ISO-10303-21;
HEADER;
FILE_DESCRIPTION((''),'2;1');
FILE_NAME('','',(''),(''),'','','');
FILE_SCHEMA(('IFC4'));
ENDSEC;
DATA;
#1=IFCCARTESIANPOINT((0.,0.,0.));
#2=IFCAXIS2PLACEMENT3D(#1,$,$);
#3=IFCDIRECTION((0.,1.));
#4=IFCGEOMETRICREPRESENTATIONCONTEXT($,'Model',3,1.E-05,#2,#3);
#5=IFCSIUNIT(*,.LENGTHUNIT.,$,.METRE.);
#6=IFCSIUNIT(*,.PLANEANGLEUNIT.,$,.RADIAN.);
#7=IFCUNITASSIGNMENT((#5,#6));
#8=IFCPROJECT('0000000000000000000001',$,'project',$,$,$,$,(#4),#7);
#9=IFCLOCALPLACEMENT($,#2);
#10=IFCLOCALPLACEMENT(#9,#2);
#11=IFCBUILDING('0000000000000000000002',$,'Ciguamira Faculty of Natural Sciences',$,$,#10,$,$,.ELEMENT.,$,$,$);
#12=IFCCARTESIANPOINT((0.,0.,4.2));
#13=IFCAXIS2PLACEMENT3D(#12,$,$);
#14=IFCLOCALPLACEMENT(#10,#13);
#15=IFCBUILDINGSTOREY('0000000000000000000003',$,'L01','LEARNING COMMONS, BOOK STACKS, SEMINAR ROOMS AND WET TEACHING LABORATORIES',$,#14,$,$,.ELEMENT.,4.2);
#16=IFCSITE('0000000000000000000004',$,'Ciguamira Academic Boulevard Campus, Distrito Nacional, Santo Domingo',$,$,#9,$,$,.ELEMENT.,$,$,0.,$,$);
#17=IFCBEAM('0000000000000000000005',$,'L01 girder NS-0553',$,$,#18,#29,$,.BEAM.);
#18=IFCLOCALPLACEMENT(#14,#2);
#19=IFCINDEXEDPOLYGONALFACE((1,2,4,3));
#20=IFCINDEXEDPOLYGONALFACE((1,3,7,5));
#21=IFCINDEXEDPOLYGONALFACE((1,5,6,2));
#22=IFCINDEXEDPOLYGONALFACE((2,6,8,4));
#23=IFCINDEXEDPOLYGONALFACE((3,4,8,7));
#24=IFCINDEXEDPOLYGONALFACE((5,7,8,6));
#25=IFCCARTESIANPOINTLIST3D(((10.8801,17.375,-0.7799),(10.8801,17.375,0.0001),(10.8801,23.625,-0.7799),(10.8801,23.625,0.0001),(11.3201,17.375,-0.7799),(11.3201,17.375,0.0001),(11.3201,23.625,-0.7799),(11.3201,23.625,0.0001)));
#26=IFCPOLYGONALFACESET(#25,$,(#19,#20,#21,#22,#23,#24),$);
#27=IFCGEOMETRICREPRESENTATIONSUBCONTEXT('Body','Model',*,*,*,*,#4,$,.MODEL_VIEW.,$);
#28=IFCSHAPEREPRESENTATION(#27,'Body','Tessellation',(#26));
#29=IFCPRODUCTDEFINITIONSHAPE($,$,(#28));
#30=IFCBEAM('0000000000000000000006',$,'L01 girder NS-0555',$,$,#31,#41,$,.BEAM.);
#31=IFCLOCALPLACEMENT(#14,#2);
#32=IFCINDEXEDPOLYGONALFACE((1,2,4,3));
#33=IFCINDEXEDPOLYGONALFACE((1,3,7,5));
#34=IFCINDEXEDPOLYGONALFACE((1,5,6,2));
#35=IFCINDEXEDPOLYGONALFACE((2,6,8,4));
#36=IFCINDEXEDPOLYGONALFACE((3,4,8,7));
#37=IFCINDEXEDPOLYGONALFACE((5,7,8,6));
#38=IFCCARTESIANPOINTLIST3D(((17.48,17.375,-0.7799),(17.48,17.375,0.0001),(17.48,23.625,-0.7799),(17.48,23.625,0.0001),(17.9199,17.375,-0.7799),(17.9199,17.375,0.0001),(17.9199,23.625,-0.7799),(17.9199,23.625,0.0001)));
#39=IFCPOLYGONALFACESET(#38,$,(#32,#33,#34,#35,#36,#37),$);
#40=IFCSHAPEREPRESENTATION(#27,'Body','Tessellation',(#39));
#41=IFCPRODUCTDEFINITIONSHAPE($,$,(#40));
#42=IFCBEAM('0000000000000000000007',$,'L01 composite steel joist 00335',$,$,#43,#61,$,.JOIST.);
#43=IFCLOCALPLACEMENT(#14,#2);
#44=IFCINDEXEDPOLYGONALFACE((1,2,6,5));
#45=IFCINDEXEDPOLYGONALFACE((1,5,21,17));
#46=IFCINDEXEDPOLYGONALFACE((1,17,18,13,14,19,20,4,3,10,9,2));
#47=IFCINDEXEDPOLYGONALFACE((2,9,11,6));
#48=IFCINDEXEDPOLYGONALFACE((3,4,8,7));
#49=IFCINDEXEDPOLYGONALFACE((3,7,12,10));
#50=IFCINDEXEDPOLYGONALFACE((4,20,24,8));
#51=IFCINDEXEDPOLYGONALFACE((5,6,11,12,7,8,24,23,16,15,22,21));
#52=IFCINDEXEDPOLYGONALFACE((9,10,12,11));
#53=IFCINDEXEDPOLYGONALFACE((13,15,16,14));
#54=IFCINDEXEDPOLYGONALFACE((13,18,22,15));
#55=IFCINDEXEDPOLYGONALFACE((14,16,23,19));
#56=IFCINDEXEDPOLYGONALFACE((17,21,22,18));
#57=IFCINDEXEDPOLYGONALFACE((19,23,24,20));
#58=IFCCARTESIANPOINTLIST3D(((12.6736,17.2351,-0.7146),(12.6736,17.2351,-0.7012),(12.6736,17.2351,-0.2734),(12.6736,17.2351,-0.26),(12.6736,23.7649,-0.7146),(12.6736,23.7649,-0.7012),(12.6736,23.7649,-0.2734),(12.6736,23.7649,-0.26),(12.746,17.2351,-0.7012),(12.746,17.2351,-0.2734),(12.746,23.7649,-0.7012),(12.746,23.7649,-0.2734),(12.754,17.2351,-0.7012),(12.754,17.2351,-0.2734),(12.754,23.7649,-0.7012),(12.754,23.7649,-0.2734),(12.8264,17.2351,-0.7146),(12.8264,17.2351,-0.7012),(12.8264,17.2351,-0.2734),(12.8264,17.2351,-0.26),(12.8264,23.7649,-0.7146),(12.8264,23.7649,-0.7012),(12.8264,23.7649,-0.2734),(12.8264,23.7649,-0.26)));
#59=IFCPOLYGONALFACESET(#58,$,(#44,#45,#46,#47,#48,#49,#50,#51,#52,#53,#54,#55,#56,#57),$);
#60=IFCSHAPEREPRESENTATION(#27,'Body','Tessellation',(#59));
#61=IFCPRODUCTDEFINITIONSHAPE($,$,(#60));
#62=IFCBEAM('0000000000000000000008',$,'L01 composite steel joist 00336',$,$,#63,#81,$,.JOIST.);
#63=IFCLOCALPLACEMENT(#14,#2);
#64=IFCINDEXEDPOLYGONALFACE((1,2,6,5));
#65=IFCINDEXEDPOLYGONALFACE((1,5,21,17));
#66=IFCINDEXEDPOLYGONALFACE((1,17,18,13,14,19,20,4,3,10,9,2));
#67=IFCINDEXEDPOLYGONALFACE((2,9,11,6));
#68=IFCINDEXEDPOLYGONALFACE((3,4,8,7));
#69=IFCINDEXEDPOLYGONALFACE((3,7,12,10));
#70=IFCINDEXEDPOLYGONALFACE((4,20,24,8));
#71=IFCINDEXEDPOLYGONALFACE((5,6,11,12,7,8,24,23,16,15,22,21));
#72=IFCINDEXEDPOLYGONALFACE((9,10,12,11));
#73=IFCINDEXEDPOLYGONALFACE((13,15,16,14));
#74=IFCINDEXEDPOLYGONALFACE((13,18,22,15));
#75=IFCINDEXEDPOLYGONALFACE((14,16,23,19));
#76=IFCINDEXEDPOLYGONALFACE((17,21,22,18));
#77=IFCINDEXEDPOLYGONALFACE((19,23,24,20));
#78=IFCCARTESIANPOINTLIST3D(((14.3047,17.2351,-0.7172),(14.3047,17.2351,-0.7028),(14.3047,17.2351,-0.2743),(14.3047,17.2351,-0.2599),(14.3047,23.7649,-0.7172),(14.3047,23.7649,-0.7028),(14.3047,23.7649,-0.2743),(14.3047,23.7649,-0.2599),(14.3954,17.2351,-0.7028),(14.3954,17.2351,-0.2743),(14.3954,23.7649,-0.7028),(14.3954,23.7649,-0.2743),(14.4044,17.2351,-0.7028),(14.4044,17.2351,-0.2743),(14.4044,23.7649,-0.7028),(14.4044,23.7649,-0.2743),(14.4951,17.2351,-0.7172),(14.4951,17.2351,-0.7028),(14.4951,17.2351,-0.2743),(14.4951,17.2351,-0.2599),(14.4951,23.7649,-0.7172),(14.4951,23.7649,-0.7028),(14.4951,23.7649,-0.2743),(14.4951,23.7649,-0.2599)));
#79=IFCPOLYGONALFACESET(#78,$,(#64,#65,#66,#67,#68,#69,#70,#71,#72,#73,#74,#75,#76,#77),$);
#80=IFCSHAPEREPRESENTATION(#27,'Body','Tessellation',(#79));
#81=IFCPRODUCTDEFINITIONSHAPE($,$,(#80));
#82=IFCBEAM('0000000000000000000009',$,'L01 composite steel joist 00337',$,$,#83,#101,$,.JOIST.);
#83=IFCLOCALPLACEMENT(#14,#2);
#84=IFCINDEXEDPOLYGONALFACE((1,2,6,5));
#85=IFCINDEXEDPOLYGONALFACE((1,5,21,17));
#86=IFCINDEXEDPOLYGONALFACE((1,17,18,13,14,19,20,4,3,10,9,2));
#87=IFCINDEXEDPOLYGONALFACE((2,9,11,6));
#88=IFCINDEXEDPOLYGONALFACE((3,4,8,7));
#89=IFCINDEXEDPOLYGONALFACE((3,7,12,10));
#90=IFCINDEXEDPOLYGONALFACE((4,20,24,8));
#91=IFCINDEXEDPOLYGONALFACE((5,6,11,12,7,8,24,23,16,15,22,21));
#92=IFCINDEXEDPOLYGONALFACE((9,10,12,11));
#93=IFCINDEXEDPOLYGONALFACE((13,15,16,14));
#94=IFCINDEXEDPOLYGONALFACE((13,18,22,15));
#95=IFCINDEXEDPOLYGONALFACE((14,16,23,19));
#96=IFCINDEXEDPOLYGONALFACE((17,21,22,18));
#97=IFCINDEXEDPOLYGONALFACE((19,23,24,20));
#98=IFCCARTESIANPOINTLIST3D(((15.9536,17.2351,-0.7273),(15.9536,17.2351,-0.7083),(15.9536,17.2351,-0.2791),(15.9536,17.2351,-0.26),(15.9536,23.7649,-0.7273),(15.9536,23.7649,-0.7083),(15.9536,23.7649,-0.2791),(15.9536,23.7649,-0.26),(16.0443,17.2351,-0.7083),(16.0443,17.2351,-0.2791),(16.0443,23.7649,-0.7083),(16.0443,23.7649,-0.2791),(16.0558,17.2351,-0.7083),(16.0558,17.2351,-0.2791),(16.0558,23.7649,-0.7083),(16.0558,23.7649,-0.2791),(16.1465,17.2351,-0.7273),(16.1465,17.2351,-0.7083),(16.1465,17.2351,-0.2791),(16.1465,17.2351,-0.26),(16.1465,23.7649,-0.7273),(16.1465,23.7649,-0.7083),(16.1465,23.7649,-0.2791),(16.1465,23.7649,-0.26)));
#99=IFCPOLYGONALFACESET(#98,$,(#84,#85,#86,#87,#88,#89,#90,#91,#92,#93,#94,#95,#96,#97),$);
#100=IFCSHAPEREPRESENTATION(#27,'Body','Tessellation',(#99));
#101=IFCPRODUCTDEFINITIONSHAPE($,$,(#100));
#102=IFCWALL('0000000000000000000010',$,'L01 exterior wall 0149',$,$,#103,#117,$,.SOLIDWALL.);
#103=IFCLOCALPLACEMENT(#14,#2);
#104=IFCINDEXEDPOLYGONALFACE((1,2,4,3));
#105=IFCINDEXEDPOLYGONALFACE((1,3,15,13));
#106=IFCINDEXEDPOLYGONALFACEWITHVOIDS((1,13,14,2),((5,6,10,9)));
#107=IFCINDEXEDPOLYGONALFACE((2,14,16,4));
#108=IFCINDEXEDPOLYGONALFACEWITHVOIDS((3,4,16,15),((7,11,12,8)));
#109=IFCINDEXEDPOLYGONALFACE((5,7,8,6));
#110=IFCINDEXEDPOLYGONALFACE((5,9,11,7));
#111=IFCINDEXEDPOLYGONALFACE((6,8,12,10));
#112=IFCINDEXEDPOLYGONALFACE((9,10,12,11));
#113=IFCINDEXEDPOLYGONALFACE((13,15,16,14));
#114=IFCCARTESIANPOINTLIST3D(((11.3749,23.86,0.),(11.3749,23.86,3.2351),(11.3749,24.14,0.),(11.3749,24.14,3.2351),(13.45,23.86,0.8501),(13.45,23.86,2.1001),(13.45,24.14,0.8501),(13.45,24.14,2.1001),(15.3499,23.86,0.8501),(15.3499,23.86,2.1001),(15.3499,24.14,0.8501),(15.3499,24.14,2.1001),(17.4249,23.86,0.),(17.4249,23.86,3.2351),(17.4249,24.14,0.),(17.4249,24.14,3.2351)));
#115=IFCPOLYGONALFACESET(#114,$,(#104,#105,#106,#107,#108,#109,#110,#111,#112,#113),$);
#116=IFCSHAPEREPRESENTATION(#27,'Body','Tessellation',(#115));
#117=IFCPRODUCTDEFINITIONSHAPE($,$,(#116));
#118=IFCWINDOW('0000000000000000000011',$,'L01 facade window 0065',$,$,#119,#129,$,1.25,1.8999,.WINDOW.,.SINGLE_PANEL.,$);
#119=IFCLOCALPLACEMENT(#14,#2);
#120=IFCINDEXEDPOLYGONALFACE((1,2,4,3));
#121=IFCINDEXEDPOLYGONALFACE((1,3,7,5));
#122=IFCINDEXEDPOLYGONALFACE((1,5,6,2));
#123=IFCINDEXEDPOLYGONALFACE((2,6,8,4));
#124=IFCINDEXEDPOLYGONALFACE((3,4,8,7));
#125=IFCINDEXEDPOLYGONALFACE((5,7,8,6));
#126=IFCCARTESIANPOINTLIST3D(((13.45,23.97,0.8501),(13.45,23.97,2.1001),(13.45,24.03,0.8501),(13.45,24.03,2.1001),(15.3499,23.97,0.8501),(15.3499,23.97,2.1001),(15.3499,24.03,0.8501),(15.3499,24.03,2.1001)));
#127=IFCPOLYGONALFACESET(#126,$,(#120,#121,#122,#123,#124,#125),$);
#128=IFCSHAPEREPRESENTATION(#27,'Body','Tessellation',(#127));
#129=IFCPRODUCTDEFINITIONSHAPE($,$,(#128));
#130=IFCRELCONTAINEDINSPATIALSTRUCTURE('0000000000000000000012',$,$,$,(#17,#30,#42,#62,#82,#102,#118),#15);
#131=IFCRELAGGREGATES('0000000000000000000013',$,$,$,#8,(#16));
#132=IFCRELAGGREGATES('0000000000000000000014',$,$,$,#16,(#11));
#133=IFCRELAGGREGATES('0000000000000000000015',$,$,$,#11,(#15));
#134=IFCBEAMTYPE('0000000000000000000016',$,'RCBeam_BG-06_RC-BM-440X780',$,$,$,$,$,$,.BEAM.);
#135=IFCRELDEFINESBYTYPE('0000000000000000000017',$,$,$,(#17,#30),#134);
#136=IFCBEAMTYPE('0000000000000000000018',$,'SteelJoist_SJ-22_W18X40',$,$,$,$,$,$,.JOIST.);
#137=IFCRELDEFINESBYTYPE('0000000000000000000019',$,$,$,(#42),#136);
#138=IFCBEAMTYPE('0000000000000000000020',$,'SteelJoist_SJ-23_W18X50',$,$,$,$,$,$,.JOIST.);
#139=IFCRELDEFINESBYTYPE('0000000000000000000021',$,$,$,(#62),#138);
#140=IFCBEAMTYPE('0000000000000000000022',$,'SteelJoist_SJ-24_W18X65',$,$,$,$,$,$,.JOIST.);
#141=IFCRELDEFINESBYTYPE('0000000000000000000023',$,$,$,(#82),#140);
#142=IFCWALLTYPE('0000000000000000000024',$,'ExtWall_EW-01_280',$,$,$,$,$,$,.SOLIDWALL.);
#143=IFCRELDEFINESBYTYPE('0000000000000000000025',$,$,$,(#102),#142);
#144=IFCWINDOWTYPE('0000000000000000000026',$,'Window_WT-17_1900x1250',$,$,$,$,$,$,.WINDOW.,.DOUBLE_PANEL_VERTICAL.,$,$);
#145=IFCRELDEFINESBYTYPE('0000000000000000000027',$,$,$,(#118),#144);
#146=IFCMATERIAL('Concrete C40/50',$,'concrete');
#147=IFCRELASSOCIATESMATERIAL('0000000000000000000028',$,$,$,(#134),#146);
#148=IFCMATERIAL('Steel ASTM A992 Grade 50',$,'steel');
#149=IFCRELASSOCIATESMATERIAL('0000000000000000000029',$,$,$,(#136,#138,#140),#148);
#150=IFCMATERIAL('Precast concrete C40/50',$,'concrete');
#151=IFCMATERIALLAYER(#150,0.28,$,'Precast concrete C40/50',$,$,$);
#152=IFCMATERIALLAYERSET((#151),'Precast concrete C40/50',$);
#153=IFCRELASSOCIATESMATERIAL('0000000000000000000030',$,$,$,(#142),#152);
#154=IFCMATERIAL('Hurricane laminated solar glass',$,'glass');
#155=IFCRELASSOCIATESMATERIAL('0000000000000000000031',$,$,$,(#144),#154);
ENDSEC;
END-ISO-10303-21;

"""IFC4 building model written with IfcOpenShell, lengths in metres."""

from ifc_helpers import new_model, si_unit, direction, frame, frame_2d, origin, origin_2d, place, context, subcontext, project, spatial, rectangle, i_section, extrude, material, layer, layer_set, material_profile, profile_set, type_object, element, fill, save


model = new_model("IFC4")

# Units and contexts
model_context = context("Model", 3, precision=1e-05, world=origin(), true_north=direction((0.0, 1.0)))
body_context = subcontext(model_context, "Body", "Model", "MODEL_VIEW")
ifc_project = project(units=[si_unit("LENGTHUNIT", "METRE"), si_unit("PLANEANGLEUNIT", "RADIAN")], contexts=[model_context])

# Site, building, storey
site_placement = place(None, origin())
site = spatial("IfcSite", under=ifc_project, at=site_placement, Name="Ciguamira Academic Boulevard Campus, Distrito Nacional, Santo Domingo", CompositionType="ELEMENT", RefElevation=0.0)
building_placement = place(site_placement, origin())
building = spatial("IfcBuilding", under=site, at=building_placement, Name="Ciguamira Faculty of Natural Sciences", CompositionType="ELEMENT")
storey_placement = place(building_placement, frame((0.0, 0.0, 4.2)))
storey = spatial("IfcBuildingStorey", under=building, at=storey_placement, Name="L01", Description="LEARNING COMMONS, BOOK STACKS, SEMINAR ROOMS AND WET TEACHING LABORATORIES", CompositionType="ELEMENT", Elevation=4.2)

# Shared definitions
ifc_material_1 = material(Name="Concrete C40/50", Category="concrete")

# Beams
ifc_material_profile_1 = material_profile(ifc_material_1, rectangle(XDim=0.4399, YDim=0.78, at=origin_2d()), Name="RC-BM-440X780")
ifc_profile_set_1 = profile_set([ifc_material_profile_1], Name="Concrete C40/50")
beam_type_1 = type_object("IfcBeamType", Name="RCBeam_BG-06_RC-BM-440X780", PredefinedType="BEAM", material=ifc_profile_set_1)
for number, where, z_axis, x_axis, name in (
    (1, (11.1001, 17.375, -0.3899), (0.0, 1.0, 0.0), (-1.0, 0.0, 0.0), "L01 girder NS-0553"),
    (2, (17.7, 17.375, -0.3899), (0.0, 1.0, 0.0), (-1.0, 0.0, 0.0), "L01 girder NS-0555"),
):
    element("IfcBeam", number, at=place(storey_placement, frame(where, z_axis=z_axis, x_axis=x_axis)), inside=storey, type_object=beam_type_1, Name=name, PredefinedType="BEAM", context=body_context, shape_type="SweptSolid", body=[
        extrude(rectangle(XDim=0.4399, YDim=0.78, at=origin_2d()), origin(), (0.0, 0.0, 1.0), 6.25),
    ])
ifc_material_2 = material(Name="Steel ASTM A992 Grade 50", Category="steel")
ifc_material_profile_2 = material_profile(ifc_material_2, i_section(OverallWidth=0.1528, OverallDepth=0.4546, WebThickness=0.0081, FlangeThickness=0.0134, at=origin_2d()), Name="W18X40")
ifc_profile_set_2 = profile_set([ifc_material_profile_2], Name="Steel ASTM A992 Grade 50")
beam_type_2 = type_object("IfcBeamType", Name="SteelJoist_SJ-22_W18X40", PredefinedType="JOIST", material=ifc_profile_set_2)
beam_1_placement = place(storey_placement, frame((12.75, 17.2351, -0.4873), z_axis=(0.0, 1.0, 0.0), x_axis=(-1.0, 0.0, 0.0)))
element("IfcBeam", 3, at=beam_1_placement, inside=storey, type_object=beam_type_2, Name="L01 composite steel joist 00335", PredefinedType="JOIST", context=body_context, shape_type="SweptSolid", body=[
    extrude(i_section(OverallWidth=0.1528, OverallDepth=0.4546, WebThickness=0.0081, FlangeThickness=0.0134, at=origin_2d()), origin(), (0.0, 0.0, 1.0), 6.5298),
])
ifc_material_profile_3 = material_profile(ifc_material_2, i_section(OverallWidth=0.1904, OverallDepth=0.4573, WebThickness=0.009, FlangeThickness=0.0144, at=origin_2d()), Name="W18X50")
ifc_profile_set_3 = profile_set([ifc_material_profile_3], Name="Steel ASTM A992 Grade 50")
beam_type_3 = type_object("IfcBeamType", Name="SteelJoist_SJ-23_W18X50", PredefinedType="JOIST", material=ifc_profile_set_3)
beam_2_placement = place(storey_placement, frame((14.3999, 17.2351, -0.4885), z_axis=(0.0, 1.0, 0.0), x_axis=(-1.0, 0.0, 0.0)))
element("IfcBeam", 4, at=beam_2_placement, inside=storey, type_object=beam_type_3, Name="L01 composite steel joist 00336", PredefinedType="JOIST", context=body_context, shape_type="SweptSolid", body=[
    extrude(i_section(OverallWidth=0.1904, OverallDepth=0.4573, WebThickness=0.009, FlangeThickness=0.0144, at=origin_2d()), origin(), (0.0, 0.0, 1.0), 6.5298),
])
ifc_material_profile_4 = material_profile(ifc_material_2, i_section(OverallWidth=0.1929, OverallDepth=0.4673, WebThickness=0.0115, FlangeThickness=0.019, at=origin_2d()), Name="W18X65")
ifc_profile_set_4 = profile_set([ifc_material_profile_4], Name="Steel ASTM A992 Grade 50")
beam_type_4 = type_object("IfcBeamType", Name="SteelJoist_SJ-24_W18X65", PredefinedType="JOIST", material=ifc_profile_set_4)
beam_3_placement = place(storey_placement, frame((16.05, 17.2351, -0.4937), z_axis=(0.0, 1.0, 0.0), x_axis=(-1.0, 0.0, 0.0)))
element("IfcBeam", 5, at=beam_3_placement, inside=storey, type_object=beam_type_4, Name="L01 composite steel joist 00337", PredefinedType="JOIST", context=body_context, shape_type="SweptSolid", body=[
    extrude(i_section(OverallWidth=0.1929, OverallDepth=0.4673, WebThickness=0.0115, FlangeThickness=0.019, at=origin_2d()), origin(), (0.0, 0.0, 1.0), 6.5298),
])

# Wall, opening, window
ifc_material_3 = material(Name="Precast concrete C40/50", Category="concrete")
ifc_layer = layer(ifc_material_3, 0.28, Name="Precast concrete C40/50")
ifc_layer_set = layer_set([ifc_layer], Name="Precast concrete C40/50")
wall_type = type_object("IfcWallType", Name="ExtWall_EW-01_280", PredefinedType="SOLIDWALL", material=ifc_layer_set)
wall_placement = place(storey_placement, frame((11.375, 24.0, 0.0), z_axis=(0.0, 0.0, 1.0), x_axis=(1.0, 0.0, 0.0)))
wall = element("IfcWall", 6, at=wall_placement, inside=storey, type_object=wall_type, Name="L01 exterior wall 0149", PredefinedType="SOLIDWALL", context=body_context, shape_type="SweptSolid", body=[
    extrude(rectangle(XDim=6.05, YDim=0.28, at=frame_2d((3.0249, 0.0))), origin(), (0.0, 0.0, 1.0), 3.2351),
])
opening_placement = place(wall_placement, frame((2.075, 0.0, 0.8501)))
opening = element("IfcOpeningElement", 7, at=opening_placement, cuts=wall, PredefinedType="OPENING", context=body_context, shape_type="SweptSolid", body=[
    extrude(rectangle(XDim=1.8999, YDim=1.25, at=frame_2d((0.95, 0.625))), frame((0.0, 0.1499, 0.0), z_axis=(0.0, -1.0, 0.0), x_axis=(1.0, 0.0, 0.0)), (0.0, 0.0, 1.0), 0.3),
])
ifc_material_4 = material(Name="Hurricane laminated solar glass", Category="glass")
window_type = type_object("IfcWindowType", Name="Window_WT-17_1900x1250", PartitioningType="DOUBLE_PANEL_VERTICAL", PredefinedType="WINDOW", material=ifc_material_4)
window_placement = place(opening_placement, origin())
window = element("IfcWindow", 8, at=window_placement, inside=storey, type_object=window_type, Name="L01 facade window 0065", OverallHeight=1.25, OverallWidth=1.8999, PartitioningType="SINGLE_PANEL", PredefinedType="WINDOW", context=body_context, shape_type="SweptSolid", body=[
    extrude(rectangle(XDim=1.8999, YDim=1.25, at=frame_2d((0.95, 0.625))), frame((0.0, 0.03, 0.0), z_axis=(0.0, -1.0, 0.0), x_axis=(1.0, 0.0, 0.0)), (0.0, 0.0, 1.0), 0.0601),
])
fill(opening, window)

save(model, "model.ifc")
